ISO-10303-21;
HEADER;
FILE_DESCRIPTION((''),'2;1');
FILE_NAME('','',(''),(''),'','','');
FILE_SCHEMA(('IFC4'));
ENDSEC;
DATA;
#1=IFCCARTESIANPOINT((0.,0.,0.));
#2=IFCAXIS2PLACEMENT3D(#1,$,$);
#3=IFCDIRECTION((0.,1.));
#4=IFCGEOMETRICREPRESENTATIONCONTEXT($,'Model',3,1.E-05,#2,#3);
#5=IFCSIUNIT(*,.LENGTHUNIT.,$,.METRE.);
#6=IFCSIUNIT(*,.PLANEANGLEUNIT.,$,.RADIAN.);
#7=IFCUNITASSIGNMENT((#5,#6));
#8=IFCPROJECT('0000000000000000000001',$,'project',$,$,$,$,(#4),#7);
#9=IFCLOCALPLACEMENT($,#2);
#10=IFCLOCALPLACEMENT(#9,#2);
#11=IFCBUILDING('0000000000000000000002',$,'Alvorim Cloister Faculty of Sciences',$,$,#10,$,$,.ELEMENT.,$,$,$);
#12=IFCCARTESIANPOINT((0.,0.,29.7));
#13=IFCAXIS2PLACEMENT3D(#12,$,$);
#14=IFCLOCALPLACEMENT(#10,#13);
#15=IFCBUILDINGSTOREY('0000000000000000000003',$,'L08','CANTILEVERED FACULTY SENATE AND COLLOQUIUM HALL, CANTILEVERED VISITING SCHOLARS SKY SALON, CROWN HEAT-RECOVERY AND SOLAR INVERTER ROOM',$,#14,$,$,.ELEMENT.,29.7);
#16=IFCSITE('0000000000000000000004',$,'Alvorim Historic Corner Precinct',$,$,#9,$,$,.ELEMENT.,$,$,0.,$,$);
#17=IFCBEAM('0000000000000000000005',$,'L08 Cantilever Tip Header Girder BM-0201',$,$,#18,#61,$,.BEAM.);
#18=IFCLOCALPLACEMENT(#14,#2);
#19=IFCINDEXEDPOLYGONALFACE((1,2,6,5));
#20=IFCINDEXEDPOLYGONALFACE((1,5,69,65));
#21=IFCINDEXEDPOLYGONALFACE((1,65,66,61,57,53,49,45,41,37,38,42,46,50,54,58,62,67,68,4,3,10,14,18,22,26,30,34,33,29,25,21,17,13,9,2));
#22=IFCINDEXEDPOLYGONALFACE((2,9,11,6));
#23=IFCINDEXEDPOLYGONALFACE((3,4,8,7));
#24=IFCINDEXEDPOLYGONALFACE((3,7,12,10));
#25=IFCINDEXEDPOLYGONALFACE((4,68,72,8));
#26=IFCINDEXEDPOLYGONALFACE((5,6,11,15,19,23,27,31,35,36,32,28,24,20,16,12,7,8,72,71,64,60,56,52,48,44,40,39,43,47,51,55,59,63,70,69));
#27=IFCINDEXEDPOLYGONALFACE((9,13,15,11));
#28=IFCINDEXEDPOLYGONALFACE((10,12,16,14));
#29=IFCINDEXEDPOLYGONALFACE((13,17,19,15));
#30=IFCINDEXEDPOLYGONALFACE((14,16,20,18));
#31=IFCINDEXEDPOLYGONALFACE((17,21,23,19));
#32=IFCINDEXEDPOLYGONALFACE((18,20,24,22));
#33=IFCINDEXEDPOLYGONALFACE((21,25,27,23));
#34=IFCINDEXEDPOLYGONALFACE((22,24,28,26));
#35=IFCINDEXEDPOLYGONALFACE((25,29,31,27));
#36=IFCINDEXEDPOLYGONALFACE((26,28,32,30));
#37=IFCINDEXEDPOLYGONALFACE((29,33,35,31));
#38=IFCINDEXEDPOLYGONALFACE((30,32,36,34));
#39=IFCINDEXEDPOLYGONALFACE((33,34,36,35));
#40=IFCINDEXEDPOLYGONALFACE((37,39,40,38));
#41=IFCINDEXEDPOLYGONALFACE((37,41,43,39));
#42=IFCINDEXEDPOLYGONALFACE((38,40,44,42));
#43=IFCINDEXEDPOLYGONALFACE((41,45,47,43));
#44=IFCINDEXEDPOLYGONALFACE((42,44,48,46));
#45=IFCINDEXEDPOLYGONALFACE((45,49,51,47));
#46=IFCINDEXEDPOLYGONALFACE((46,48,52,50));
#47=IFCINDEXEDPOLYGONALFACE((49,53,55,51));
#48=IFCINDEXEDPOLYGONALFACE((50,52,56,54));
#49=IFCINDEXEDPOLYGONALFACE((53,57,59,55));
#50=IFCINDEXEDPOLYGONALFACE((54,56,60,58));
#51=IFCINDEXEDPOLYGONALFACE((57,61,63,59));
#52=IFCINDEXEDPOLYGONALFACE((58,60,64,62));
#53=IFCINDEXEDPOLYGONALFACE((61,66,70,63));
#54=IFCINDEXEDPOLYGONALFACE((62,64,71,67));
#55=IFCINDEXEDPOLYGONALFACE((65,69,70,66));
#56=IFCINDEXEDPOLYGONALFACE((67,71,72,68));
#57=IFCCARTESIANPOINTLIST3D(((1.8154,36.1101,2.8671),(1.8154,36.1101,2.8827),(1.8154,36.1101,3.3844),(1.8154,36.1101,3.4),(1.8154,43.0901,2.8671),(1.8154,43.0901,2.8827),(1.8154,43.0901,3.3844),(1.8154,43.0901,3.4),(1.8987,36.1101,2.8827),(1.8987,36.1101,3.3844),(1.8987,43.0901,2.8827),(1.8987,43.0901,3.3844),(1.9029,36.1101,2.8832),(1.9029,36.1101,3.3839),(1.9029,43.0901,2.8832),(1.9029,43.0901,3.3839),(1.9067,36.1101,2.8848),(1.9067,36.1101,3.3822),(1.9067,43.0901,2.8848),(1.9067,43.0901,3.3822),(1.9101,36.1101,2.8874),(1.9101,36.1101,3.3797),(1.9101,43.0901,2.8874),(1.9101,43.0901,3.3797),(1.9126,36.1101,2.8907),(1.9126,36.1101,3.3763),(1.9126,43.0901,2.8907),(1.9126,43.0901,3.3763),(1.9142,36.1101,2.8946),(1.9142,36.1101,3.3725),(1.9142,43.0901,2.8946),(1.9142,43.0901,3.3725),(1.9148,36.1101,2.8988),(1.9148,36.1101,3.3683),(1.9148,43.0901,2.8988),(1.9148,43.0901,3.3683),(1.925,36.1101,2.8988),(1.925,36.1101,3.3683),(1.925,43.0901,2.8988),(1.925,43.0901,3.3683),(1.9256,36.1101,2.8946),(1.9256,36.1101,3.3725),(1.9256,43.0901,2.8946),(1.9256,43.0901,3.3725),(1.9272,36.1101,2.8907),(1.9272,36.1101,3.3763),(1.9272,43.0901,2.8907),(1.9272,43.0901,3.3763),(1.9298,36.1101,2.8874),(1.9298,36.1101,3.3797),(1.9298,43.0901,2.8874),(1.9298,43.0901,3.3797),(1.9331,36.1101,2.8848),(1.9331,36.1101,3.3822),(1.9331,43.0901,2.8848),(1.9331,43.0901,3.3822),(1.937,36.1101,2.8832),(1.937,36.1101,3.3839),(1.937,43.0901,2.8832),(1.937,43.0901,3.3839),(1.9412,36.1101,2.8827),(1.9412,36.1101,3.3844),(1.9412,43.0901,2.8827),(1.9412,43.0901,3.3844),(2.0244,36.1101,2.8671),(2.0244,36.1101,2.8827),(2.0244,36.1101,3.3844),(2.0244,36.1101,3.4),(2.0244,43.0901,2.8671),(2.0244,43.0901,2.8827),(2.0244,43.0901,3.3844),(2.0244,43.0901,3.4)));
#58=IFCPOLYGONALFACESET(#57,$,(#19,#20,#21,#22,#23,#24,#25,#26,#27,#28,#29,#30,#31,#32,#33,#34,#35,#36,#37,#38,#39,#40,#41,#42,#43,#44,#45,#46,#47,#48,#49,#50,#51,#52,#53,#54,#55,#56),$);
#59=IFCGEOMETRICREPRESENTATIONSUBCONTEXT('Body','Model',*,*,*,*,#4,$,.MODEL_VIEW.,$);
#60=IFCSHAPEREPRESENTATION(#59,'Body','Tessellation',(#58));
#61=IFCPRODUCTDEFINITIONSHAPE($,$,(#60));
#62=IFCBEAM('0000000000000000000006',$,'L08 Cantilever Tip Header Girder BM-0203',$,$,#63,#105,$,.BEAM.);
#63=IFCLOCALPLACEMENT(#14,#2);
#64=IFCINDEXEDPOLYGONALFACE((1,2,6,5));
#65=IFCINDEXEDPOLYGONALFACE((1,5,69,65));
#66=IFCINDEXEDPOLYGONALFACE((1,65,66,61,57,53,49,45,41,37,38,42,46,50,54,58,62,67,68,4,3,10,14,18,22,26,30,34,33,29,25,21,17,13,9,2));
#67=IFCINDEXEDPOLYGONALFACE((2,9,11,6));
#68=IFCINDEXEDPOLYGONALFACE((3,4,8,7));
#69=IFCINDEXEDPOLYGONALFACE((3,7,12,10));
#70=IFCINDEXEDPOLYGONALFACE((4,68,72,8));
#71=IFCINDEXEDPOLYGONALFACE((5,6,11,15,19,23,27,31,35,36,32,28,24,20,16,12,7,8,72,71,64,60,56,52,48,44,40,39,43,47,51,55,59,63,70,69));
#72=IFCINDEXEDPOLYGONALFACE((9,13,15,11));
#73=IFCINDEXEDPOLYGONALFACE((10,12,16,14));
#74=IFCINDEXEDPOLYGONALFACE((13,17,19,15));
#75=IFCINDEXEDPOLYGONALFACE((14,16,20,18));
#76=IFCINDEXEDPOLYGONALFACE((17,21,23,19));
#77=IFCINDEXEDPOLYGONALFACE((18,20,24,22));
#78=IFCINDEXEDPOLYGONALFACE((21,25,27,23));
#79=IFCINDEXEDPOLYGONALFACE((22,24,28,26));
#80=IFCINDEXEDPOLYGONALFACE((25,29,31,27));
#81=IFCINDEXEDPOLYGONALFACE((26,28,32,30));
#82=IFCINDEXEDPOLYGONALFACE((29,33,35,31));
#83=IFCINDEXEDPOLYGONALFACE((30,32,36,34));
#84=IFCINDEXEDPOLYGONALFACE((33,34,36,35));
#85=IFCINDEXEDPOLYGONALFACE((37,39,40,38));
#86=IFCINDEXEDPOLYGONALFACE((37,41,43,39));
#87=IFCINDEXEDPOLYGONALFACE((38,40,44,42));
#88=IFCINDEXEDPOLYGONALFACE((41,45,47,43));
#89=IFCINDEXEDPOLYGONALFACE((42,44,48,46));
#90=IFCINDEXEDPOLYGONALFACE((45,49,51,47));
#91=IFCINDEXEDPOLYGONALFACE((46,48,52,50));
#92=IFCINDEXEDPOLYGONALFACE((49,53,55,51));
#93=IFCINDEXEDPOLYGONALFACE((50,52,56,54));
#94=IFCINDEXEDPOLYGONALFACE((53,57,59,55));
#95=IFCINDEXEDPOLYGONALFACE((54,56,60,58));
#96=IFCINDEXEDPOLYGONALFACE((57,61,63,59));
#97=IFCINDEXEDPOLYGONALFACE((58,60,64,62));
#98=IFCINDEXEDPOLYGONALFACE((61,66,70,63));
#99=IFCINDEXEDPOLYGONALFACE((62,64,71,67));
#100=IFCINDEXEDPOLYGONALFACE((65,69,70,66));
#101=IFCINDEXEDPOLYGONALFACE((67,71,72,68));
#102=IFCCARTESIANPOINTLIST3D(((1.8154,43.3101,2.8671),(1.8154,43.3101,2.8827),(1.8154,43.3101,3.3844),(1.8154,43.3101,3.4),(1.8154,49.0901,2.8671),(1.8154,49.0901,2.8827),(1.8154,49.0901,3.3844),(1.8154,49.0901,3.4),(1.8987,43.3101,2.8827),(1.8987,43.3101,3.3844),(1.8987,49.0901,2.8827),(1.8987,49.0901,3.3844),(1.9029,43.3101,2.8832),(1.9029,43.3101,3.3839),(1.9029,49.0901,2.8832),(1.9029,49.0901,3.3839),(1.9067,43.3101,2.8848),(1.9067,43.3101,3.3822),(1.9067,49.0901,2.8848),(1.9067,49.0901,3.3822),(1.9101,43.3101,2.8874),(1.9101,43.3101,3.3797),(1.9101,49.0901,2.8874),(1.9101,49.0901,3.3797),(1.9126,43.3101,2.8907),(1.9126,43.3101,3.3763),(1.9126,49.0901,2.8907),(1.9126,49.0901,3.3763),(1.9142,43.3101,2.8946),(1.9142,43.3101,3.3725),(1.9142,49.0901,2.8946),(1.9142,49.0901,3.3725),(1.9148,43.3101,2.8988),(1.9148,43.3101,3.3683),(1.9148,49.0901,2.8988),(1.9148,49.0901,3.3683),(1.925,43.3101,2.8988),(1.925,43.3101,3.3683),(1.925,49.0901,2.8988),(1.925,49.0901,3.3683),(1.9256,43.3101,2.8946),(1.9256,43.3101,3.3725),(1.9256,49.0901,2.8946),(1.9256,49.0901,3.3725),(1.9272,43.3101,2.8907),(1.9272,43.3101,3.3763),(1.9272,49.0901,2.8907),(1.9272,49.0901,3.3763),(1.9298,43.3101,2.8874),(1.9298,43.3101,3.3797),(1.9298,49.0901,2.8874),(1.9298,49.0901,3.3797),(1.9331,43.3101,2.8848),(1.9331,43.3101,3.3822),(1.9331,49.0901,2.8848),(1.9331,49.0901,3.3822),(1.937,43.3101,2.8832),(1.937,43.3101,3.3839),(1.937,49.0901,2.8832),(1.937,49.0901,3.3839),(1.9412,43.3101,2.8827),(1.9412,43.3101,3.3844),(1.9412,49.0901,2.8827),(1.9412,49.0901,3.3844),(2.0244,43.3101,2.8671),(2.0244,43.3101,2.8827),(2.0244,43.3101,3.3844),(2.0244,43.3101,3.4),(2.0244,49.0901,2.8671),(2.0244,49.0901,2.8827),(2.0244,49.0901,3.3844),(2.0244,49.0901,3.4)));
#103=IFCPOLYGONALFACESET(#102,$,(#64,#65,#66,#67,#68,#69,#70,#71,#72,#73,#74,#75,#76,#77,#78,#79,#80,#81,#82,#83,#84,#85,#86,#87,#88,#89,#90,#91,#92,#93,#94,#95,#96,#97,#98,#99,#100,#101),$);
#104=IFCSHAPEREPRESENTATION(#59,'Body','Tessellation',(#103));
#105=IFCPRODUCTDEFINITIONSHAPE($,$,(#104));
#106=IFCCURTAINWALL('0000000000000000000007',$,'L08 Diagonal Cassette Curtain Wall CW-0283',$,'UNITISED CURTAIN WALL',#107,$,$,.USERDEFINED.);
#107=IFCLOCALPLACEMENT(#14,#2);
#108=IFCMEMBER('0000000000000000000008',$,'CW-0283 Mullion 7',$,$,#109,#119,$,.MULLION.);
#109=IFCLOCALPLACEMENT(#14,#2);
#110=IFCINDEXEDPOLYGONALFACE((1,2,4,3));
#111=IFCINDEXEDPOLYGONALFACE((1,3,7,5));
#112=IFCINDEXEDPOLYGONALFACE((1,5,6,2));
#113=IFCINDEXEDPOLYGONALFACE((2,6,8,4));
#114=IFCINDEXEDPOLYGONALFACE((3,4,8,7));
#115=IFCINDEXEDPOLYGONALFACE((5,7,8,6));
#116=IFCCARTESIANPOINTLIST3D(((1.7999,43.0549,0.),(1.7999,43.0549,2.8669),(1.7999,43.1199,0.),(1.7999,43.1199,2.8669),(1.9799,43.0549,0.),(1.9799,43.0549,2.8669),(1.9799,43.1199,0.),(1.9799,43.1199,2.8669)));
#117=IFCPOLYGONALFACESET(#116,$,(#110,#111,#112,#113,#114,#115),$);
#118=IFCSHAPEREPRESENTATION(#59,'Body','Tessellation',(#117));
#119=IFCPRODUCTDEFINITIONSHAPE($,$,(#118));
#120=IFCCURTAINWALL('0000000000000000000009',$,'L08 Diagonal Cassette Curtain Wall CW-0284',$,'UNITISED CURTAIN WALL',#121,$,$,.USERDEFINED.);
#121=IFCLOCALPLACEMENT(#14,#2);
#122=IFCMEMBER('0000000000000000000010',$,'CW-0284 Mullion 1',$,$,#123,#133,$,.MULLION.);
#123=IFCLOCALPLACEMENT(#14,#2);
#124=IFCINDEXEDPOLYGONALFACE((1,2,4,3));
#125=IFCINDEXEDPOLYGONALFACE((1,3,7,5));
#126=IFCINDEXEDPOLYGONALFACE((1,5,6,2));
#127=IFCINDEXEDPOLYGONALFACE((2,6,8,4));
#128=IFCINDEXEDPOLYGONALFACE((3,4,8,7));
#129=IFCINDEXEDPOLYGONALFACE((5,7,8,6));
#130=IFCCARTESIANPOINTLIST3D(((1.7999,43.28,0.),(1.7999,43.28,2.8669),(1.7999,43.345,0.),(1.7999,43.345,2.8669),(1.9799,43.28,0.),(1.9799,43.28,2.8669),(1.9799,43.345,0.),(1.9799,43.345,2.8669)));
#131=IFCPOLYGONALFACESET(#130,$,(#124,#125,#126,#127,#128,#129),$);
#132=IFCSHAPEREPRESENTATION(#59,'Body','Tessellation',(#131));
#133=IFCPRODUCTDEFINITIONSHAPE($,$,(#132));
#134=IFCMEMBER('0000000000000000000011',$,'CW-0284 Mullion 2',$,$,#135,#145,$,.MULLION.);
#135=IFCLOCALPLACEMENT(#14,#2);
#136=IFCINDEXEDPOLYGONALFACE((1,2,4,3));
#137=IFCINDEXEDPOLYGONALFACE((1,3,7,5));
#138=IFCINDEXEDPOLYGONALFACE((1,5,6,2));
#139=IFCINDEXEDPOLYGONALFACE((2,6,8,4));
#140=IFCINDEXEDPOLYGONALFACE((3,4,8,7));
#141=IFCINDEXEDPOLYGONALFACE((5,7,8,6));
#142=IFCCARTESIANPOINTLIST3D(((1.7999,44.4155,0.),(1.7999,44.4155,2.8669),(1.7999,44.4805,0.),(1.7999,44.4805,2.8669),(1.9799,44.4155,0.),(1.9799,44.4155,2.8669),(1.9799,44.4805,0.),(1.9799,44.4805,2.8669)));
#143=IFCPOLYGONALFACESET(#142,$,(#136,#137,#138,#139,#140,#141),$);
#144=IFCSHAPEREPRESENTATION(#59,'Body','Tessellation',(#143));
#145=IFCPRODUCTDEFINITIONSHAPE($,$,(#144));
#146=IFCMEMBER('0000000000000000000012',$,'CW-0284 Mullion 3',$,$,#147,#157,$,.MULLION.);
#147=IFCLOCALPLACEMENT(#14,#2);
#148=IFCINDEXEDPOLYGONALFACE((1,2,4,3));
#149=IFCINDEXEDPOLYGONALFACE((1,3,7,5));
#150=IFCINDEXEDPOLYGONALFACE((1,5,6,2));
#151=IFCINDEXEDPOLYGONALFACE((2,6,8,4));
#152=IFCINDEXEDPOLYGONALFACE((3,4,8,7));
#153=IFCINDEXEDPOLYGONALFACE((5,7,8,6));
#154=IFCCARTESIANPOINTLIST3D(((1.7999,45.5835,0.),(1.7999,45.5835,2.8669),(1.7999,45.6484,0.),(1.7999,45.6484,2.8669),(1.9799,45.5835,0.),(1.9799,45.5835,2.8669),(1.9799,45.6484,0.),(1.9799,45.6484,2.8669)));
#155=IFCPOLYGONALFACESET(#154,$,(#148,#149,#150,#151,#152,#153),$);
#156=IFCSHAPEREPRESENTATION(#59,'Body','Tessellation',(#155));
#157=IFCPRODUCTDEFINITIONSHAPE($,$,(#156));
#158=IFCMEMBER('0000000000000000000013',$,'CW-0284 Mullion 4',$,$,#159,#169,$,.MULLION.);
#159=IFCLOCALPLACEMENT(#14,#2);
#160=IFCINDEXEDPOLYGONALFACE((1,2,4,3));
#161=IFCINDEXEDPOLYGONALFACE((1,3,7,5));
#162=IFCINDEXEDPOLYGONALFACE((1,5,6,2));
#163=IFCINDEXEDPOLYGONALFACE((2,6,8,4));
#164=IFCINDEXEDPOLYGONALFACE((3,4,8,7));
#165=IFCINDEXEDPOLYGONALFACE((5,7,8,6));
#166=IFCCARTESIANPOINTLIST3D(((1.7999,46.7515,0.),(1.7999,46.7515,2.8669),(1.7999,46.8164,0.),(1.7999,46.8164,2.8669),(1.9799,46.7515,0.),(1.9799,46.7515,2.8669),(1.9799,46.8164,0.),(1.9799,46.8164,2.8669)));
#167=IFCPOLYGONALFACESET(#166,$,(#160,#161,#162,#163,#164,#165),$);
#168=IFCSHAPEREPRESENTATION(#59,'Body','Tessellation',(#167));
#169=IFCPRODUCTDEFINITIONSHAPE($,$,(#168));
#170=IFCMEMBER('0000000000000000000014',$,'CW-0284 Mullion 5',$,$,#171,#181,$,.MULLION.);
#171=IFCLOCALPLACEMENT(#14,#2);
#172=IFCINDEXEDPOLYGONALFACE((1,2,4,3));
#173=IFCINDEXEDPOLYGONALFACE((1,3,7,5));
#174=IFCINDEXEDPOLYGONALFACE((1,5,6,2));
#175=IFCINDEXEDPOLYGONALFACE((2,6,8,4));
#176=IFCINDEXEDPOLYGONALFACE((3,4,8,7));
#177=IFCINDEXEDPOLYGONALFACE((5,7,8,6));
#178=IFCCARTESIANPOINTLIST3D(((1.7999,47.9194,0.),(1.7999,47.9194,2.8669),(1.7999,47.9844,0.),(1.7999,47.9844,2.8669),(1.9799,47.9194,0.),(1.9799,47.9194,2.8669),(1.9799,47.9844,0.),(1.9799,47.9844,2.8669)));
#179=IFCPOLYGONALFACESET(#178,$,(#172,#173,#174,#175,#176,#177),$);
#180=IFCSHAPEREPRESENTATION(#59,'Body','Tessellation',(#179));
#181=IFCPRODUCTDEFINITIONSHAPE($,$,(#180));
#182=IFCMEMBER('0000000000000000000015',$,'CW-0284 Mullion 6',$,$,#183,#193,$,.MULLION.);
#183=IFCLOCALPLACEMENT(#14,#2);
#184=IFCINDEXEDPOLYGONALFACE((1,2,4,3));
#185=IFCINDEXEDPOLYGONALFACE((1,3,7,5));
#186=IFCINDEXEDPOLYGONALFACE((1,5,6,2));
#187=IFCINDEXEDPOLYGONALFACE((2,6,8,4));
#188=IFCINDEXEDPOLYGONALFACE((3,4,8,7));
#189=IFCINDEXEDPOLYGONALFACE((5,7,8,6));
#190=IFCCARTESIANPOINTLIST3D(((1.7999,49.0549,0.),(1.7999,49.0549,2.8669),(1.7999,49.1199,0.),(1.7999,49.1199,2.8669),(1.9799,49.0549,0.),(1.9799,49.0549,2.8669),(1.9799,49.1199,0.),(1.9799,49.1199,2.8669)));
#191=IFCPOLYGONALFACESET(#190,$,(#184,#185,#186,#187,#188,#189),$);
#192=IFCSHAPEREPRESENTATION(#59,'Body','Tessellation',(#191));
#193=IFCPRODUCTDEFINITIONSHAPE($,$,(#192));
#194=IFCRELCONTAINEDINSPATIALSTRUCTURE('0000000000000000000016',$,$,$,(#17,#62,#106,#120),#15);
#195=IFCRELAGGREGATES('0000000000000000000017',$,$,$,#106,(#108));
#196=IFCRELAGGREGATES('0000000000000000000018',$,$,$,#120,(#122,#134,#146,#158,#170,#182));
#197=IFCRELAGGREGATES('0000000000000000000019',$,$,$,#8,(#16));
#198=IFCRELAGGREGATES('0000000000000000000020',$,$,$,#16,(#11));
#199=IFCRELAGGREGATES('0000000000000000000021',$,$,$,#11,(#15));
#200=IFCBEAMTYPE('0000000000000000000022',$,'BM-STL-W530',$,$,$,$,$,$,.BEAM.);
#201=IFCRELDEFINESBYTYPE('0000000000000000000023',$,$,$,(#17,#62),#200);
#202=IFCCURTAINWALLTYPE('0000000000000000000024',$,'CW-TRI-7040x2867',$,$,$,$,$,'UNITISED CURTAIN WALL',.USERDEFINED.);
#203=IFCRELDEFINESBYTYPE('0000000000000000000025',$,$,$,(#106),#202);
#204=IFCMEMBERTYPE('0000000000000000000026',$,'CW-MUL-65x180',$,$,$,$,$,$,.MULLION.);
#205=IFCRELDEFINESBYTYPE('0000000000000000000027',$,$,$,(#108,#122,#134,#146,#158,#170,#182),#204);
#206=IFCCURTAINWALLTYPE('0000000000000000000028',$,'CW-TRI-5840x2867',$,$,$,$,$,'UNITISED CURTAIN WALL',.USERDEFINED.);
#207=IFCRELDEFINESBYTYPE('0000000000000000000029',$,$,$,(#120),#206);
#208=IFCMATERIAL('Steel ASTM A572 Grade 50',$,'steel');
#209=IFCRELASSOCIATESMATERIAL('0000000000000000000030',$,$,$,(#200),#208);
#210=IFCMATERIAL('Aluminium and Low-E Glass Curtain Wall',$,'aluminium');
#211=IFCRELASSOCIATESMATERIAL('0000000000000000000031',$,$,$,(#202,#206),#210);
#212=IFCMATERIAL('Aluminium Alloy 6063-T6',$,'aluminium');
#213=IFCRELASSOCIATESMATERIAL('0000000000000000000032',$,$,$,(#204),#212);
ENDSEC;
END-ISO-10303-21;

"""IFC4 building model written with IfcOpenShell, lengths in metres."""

from ifc_helpers import new_model, si_unit, direction, frame, origin, origin_2d, place, context, subcontext, project, spatial, rectangle, i_section, extrude, material, material_profile, profile_set, type_object, element, aggregate, save


model = new_model("IFC4")

# Units and contexts
model_context = context("Model", 3, precision=1e-05, world=origin(), true_north=direction((0.0, 1.0)))
body_context = subcontext(model_context, "Body", "Model", "MODEL_VIEW")
ifc_project = project(units=[si_unit("LENGTHUNIT", "METRE"), si_unit("PLANEANGLEUNIT", "RADIAN")], contexts=[model_context])

# Site, building, storey
site_placement = place(None, origin())
site = spatial("IfcSite", under=ifc_project, at=site_placement, Name="Alvorim Historic Corner Precinct", CompositionType="ELEMENT", RefElevation=0.0)
building_placement = place(site_placement, origin())
building = spatial("IfcBuilding", under=site, at=building_placement, Name="Alvorim Cloister Faculty of Sciences", CompositionType="ELEMENT")
storey_placement = place(building_placement, frame((0.0, 0.0, 29.7)))
storey = spatial("IfcBuildingStorey", under=building, at=storey_placement, Name="L08", Description="CANTILEVERED FACULTY SENATE AND COLLOQUIUM HALL, CANTILEVERED VISITING SCHOLARS SKY SALON, CROWN HEAT-RECOVERY AND SOLAR INVERTER ROOM", CompositionType="ELEMENT", Elevation=29.7)

# Beams
ifc_material_1 = material(Name="Steel ASTM A572 Grade 50", Category="steel")
ifc_material_profile_1 = material_profile(ifc_material_1, i_section(OverallWidth=0.209, OverallDepth=0.533, WebThickness=0.0103, FlangeThickness=0.0156, FilletRadius=0.0161, at=origin_2d()), Name="W530x92.0")
ifc_profile_set_1 = profile_set([ifc_material_profile_1], Name="Steel ASTM A572 Grade 50")
beam_type = type_object("IfcBeamType", Name="BM-STL-W530", PredefinedType="BEAM", material=ifc_profile_set_1)
beam_1_placement = place(storey_placement, frame((1.9199, 36.1101, 3.1335), z_axis=(0.0, 1.0, 0.0), x_axis=(-1.0, 0.0, 0.0)))
element("IfcBeam", 1, at=beam_1_placement, inside=storey, type_object=beam_type, Name="L08 Cantilever Tip Header Girder BM-0201", PredefinedType="BEAM", context=body_context, shape_type="SweptSolid", body=[
    extrude(i_section(OverallWidth=0.209, OverallDepth=0.533, WebThickness=0.0103, FlangeThickness=0.0156, FilletRadius=0.0161, at=origin_2d()), origin(), (0.0, 0.0, 1.0), 6.98),
])
beam_2_placement = place(storey_placement, frame((1.9199, 43.3101, 3.1335), z_axis=(0.0, 1.0, 0.0), x_axis=(-1.0, 0.0, 0.0)))
element("IfcBeam", 2, at=beam_2_placement, inside=storey, type_object=beam_type, Name="L08 Cantilever Tip Header Girder BM-0203", PredefinedType="BEAM", context=body_context, shape_type="SweptSolid", body=[
    extrude(i_section(OverallWidth=0.209, OverallDepth=0.533, WebThickness=0.0103, FlangeThickness=0.0156, FilletRadius=0.0161, at=origin_2d()), origin(), (0.0, 0.0, 1.0), 5.78),
])

# Curtain wall, member
ifc_material_2 = material(Name="Aluminium and Low-E Glass Curtain Wall", Category="aluminium")
curtain_wall_type_1 = type_object("IfcCurtainWallType", Name="CW-TRI-7040x2867", ElementType="UNITISED CURTAIN WALL", PredefinedType="USERDEFINED", material=ifc_material_2)
curtain_wall_1_placement = place(storey_placement, origin())
curtain_wall_1 = element("IfcCurtainWall", 3, at=curtain_wall_1_placement, inside=storey, type_object=curtain_wall_type_1, Name="L08 Diagonal Cassette Curtain Wall CW-0283", ObjectType="UNITISED CURTAIN WALL", PredefinedType="USERDEFINED")
ifc_material_3 = material(Name="Aluminium Alloy 6063-T6", Category="aluminium")
ifc_material_profile_2 = material_profile(ifc_material_3, rectangle(XDim=0.0649, YDim=0.1799, at=origin_2d()), Name="ALU-MUL-65x180")
ifc_profile_set_2 = profile_set([ifc_material_profile_2], Name="Aluminium Alloy 6063-T6")
member_type_1 = type_object("IfcMemberType", Name="CW-MUL-65x180", PredefinedType="MULLION", material=ifc_profile_set_2)
member_1_placement = place(storey_placement, frame((1.8899, 43.0874, 0.0), z_axis=(0.0, 0.0, 1.0), x_axis=(0.0, 1.0, 0.0)))
member_1 = element("IfcMember", 4, at=member_1_placement, type_object=member_type_1, Name="CW-0283 Mullion 7", PredefinedType="MULLION", context=body_context, shape_type="SweptSolid", body=[
    extrude(rectangle(XDim=0.0649, YDim=0.1799, at=origin_2d()), origin(), (0.0, 0.0, 1.0), 2.8669),
])
aggregate(curtain_wall_1, [member_1])

# Curtain wall, members
curtain_wall_type_2 = type_object("IfcCurtainWallType", Name="CW-TRI-5840x2867", ElementType="UNITISED CURTAIN WALL", PredefinedType="USERDEFINED", material=ifc_material_2)
curtain_wall_2_placement = place(storey_placement, origin())
curtain_wall_2 = element("IfcCurtainWall", 5, at=curtain_wall_2_placement, inside=storey, type_object=curtain_wall_type_2, Name="L08 Diagonal Cassette Curtain Wall CW-0284", ObjectType="UNITISED CURTAIN WALL", PredefinedType="USERDEFINED")
member_2_placement = place(storey_placement, frame((1.8899, 43.3125, 0.0), z_axis=(0.0, 0.0, 1.0), x_axis=(0.0, 1.0, 0.0)))
member_2 = element("IfcMember", 6, at=member_2_placement, type_object=member_type_1, Name="CW-0284 Mullion 1", PredefinedType="MULLION", context=body_context, shape_type="SweptSolid", body=[
    extrude(rectangle(XDim=0.0649, YDim=0.1799, at=origin_2d()), origin(), (0.0, 0.0, 1.0), 2.8669),
])
member_3_placement = place(storey_placement, frame((1.8899, 44.448, 0.0), z_axis=(0.0, 0.0, 1.0), x_axis=(0.0, 1.0, 0.0)))
member_3 = element("IfcMember", 7, at=member_3_placement, type_object=member_type_1, Name="CW-0284 Mullion 2", PredefinedType="MULLION", context=body_context, shape_type="SweptSolid", body=[
    extrude(rectangle(XDim=0.0649, YDim=0.1799, at=origin_2d()), origin(), (0.0, 0.0, 1.0), 2.8669),
])
member_4_placement = place(storey_placement, frame((1.8899, 45.616, 0.0), z_axis=(0.0, 0.0, 1.0), x_axis=(0.0, 1.0, 0.0)))
member_4 = element("IfcMember", 8, at=member_4_placement, type_object=member_type_1, Name="CW-0284 Mullion 3", PredefinedType="MULLION", context=body_context, shape_type="SweptSolid", body=[
    extrude(rectangle(XDim=0.0649, YDim=0.1799, at=origin_2d()), origin(), (0.0, 0.0, 1.0), 2.8669),
])
member_5_placement = place(storey_placement, frame((1.8899, 46.7839, 0.0), z_axis=(0.0, 0.0, 1.0), x_axis=(0.0, 1.0, 0.0)))
member_5 = element("IfcMember", 9, at=member_5_placement, type_object=member_type_1, Name="CW-0284 Mullion 4", PredefinedType="MULLION", context=body_context, shape_type="SweptSolid", body=[
    extrude(rectangle(XDim=0.0649, YDim=0.1799, at=origin_2d()), origin(), (0.0, 0.0, 1.0), 2.8669),
])
member_6_placement = place(storey_placement, frame((1.8899, 47.9519, 0.0), z_axis=(0.0, 0.0, 1.0), x_axis=(0.0, 1.0, 0.0)))
member_6 = element("IfcMember", 10, at=member_6_placement, type_object=member_type_1, Name="CW-0284 Mullion 5", PredefinedType="MULLION", context=body_context, shape_type="SweptSolid", body=[
    extrude(rectangle(XDim=0.0649, YDim=0.1799, at=origin_2d()), origin(), (0.0, 0.0, 1.0), 2.8669),
])
member_7_placement = place(storey_placement, frame((1.8899, 49.0874, 0.0), z_axis=(0.0, 0.0, 1.0), x_axis=(0.0, 1.0, 0.0)))
member_7 = element("IfcMember", 11, at=member_7_placement, type_object=member_type_1, Name="CW-0284 Mullion 6", PredefinedType="MULLION", context=body_context, shape_type="SweptSolid", body=[
    extrude(rectangle(XDim=0.0649, YDim=0.1799, at=origin_2d()), origin(), (0.0, 0.0, 1.0), 2.8669),
])

aggregate(curtain_wall_2, [member_2, member_3, member_4, member_5, member_6, member_7])

save(model, "model.ifc")
